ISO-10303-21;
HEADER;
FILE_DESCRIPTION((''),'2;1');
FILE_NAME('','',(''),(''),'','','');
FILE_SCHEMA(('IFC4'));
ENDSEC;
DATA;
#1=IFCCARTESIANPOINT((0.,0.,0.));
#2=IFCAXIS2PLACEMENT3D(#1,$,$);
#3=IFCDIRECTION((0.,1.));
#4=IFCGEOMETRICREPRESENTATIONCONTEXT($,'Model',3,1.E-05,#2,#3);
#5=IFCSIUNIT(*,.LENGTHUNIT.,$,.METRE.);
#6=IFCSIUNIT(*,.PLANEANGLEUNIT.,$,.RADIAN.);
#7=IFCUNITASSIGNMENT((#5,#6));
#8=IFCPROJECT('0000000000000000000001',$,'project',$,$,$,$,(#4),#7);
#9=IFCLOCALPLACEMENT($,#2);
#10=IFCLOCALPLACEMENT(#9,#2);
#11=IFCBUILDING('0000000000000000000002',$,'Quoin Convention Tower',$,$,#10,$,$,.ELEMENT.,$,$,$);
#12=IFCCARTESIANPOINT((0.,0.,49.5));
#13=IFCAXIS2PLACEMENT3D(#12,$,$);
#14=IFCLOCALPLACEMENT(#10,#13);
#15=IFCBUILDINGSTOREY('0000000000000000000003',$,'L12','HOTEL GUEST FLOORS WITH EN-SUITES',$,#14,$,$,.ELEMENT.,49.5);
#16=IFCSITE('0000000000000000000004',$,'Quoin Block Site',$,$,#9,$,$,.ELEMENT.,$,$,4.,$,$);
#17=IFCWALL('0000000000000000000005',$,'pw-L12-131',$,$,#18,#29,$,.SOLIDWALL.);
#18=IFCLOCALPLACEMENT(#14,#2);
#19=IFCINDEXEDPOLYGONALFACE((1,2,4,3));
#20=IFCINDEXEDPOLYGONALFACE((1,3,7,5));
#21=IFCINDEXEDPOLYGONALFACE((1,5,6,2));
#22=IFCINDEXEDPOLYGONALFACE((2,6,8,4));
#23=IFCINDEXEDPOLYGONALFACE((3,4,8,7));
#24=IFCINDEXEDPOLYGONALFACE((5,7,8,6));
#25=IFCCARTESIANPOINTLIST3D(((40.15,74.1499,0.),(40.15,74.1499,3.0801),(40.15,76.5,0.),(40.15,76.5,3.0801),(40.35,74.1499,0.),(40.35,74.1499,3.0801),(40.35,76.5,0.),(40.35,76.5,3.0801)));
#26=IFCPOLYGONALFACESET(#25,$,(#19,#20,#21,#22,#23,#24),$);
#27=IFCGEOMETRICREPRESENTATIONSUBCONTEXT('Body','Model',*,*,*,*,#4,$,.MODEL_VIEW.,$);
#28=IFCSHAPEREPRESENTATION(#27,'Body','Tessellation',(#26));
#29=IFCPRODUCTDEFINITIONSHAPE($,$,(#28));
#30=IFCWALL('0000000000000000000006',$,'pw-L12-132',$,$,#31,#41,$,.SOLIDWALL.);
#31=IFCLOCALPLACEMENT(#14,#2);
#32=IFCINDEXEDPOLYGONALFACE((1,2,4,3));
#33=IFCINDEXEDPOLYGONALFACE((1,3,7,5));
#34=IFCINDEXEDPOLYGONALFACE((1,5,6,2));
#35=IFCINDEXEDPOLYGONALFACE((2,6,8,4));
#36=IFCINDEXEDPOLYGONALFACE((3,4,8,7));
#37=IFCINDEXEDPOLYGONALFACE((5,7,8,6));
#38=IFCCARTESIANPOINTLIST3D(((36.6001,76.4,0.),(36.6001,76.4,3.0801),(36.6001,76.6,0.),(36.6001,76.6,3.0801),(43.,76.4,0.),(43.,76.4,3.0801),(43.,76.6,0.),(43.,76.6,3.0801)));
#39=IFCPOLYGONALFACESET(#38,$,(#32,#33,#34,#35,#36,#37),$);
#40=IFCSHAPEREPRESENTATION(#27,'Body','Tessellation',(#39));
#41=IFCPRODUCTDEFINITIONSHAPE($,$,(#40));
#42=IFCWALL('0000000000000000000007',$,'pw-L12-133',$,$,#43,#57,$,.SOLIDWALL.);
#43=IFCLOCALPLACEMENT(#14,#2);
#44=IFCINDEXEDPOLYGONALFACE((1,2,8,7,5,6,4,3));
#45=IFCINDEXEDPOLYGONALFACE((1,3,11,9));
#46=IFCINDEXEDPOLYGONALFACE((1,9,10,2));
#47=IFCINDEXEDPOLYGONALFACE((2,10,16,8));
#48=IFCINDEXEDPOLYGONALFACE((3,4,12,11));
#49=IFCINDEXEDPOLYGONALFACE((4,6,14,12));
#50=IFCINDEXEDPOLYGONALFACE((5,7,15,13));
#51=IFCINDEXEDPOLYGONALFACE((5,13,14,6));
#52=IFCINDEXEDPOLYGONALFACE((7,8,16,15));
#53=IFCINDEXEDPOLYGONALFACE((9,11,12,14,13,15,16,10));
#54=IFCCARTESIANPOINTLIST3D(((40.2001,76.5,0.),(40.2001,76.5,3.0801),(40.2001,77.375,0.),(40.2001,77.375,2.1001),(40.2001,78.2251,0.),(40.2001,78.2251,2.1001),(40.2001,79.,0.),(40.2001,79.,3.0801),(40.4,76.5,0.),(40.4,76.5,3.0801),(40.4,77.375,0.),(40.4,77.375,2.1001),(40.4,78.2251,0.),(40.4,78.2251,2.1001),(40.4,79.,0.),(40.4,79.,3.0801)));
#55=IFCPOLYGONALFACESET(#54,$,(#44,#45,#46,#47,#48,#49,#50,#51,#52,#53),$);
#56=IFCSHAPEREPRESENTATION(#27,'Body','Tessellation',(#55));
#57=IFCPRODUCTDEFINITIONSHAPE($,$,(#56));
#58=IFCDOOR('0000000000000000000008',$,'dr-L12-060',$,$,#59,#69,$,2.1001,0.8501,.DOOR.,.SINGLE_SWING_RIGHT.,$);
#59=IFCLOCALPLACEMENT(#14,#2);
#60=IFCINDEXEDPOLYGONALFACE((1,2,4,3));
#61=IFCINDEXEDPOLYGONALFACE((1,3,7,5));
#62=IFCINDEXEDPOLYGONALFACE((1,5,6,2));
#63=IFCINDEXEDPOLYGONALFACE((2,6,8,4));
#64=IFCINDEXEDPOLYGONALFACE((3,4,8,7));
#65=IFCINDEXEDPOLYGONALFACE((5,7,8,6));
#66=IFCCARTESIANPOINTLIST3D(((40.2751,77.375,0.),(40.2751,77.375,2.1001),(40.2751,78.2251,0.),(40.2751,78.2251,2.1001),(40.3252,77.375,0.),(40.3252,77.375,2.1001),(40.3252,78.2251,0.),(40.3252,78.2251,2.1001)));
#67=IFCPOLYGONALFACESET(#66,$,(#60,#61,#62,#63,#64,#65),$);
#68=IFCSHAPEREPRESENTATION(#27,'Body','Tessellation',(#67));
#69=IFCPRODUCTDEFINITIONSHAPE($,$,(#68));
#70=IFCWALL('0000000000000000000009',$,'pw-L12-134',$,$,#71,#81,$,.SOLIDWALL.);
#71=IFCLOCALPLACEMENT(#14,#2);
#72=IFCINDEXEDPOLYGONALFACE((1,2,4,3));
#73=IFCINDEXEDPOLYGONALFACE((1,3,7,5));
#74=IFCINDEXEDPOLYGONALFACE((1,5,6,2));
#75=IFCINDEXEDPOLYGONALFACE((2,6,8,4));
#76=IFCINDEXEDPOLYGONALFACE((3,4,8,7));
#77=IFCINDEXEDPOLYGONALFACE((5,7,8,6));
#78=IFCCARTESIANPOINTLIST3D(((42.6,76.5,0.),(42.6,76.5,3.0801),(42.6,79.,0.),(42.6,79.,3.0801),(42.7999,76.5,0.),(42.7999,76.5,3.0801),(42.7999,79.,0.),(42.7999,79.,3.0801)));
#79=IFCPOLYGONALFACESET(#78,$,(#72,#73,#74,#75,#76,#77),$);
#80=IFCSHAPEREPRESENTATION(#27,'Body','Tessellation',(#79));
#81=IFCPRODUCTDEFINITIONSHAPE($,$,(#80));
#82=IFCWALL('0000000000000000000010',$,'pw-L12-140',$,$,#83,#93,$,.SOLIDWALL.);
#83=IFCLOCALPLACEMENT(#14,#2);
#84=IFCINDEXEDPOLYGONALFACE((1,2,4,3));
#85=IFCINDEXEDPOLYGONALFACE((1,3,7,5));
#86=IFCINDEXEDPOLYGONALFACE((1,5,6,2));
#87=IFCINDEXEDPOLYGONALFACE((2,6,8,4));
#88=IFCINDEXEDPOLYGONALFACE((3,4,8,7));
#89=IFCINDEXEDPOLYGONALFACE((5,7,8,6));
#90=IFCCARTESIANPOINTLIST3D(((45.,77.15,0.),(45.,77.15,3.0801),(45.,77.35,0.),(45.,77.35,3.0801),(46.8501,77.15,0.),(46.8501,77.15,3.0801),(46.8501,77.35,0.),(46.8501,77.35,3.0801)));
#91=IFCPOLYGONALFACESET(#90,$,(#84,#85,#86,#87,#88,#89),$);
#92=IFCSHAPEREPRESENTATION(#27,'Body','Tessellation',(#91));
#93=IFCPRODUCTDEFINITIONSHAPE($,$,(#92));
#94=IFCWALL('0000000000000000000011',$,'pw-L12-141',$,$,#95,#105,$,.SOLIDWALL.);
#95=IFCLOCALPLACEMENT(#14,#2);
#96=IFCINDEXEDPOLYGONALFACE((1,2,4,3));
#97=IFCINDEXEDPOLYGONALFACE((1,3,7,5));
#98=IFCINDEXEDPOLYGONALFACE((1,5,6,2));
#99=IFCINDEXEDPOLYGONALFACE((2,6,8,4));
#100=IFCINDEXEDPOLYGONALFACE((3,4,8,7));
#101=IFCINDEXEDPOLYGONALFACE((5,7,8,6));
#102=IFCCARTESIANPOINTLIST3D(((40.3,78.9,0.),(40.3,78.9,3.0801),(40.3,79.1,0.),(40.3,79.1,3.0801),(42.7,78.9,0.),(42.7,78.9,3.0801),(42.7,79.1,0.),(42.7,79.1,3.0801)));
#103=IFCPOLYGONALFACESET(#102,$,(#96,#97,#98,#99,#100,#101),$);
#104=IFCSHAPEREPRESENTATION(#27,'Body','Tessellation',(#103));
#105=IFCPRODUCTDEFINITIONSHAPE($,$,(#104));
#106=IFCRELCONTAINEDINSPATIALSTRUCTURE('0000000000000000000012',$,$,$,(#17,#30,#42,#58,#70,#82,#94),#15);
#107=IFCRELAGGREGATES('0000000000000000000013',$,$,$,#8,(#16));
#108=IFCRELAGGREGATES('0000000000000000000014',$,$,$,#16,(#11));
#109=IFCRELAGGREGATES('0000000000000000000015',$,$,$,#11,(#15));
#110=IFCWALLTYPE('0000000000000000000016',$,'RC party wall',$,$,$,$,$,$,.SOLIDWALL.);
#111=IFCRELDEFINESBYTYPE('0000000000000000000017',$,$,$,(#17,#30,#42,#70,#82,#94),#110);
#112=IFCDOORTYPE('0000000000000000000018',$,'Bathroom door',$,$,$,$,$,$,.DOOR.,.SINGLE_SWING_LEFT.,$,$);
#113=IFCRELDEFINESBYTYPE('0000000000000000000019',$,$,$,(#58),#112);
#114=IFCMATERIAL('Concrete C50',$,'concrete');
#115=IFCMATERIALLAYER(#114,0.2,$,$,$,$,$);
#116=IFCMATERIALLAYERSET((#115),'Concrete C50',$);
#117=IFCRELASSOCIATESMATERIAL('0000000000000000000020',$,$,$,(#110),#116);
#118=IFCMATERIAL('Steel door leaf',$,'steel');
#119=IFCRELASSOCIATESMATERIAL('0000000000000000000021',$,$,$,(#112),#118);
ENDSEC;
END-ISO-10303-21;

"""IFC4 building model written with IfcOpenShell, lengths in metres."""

from ifc_helpers import new_model, si_unit, direction, frame, frame_2d, origin, place, context, subcontext, project, spatial, rectangle, extrude, material, layer, layer_set, type_object, element, fill, save


model = new_model("IFC4")

# Units and contexts
model_context = context("Model", 3, precision=1e-05, world=origin(), true_north=direction((0.0, 1.0)))
body_context = subcontext(model_context, "Body", "Model", "MODEL_VIEW")
ifc_project = project(units=[si_unit("LENGTHUNIT", "METRE"), si_unit("PLANEANGLEUNIT", "RADIAN")], contexts=[model_context])

# Site, building, storey
site_placement = place(None, origin())
site = spatial("IfcSite", under=ifc_project, at=site_placement, Name="Quoin Block Site", CompositionType="ELEMENT", RefElevation=4.0)
building_placement = place(site_placement, origin())
building = spatial("IfcBuilding", under=site, at=building_placement, Name="Quoin Convention Tower", CompositionType="ELEMENT")
storey_placement = place(building_placement, frame((0.0, 0.0, 49.5)))
storey = spatial("IfcBuildingStorey", under=building, at=storey_placement, Name="L12", Description="HOTEL GUEST FLOORS WITH EN-SUITES", CompositionType="ELEMENT", Elevation=49.5)

# Walls
ifc_material_1 = material(Name="Concrete C50", Category="concrete")
ifc_layer_1 = layer(ifc_material_1, 0.2)
ifc_layer_set_1 = layer_set([ifc_layer_1], Name="Concrete C50")
wall_type_1 = type_object("IfcWallType", Name="RC party wall", PredefinedType="SOLIDWALL", material=ifc_layer_set_1)
wall_1_placement = place(storey_placement, frame((40.25, 74.1499, 0.0), z_axis=(0.0, 0.0, 1.0), x_axis=(0.0, 1.0, 0.0)))
element("IfcWall", 1, at=wall_1_placement, inside=storey, type_object=wall_type_1, Name="pw-L12-131", PredefinedType="SOLIDWALL", context=body_context, shape_type="SweptSolid", body=[
    extrude(rectangle(XDim=2.3501, YDim=0.2, at=frame_2d((1.175, 0.0))), origin(), (0.0, 0.0, 1.0), 3.0801),
])
wall_2_placement = place(storey_placement, frame((36.6001, 76.5, 0.0), z_axis=(0.0, 0.0, 1.0), x_axis=(1.0, 0.0, 0.0)))
element("IfcWall", 2, at=wall_2_placement, inside=storey, type_object=wall_type_1, Name="pw-L12-132", PredefinedType="SOLIDWALL", context=body_context, shape_type="SweptSolid", body=[
    extrude(rectangle(XDim=6.3999, YDim=0.2, at=frame_2d((3.2, 0.0))), origin(), (0.0, 0.0, 1.0), 3.0801),
])

# Wall, opening, door
wall_3_placement = place(storey_placement, frame((40.3, 76.5, 0.0), z_axis=(0.0, 0.0, 1.0), x_axis=(0.0, 1.0, 0.0)))
wall_3 = element("IfcWall", 3, at=wall_3_placement, inside=storey, type_object=wall_type_1, Name="pw-L12-133", PredefinedType="SOLIDWALL", context=body_context, shape_type="SweptSolid", body=[
    extrude(rectangle(XDim=2.5, YDim=0.2, at=frame_2d((1.25, 0.0))), origin(), (0.0, 0.0, 1.0), 3.0801),
])
opening_1_placement = place(wall_3_placement, frame((0.875, 0.0, 0.0)))
opening_1 = element("IfcOpeningElement", 4, at=opening_1_placement, cuts=wall_3, PredefinedType="OPENING", context=body_context, shape_type="SweptSolid", body=[
    extrude(rectangle(XDim=0.8501, YDim=2.1001, at=frame_2d((0.425, 1.05))), frame((0.0, 0.1099, 0.0), z_axis=(0.0, -1.0, 0.0), x_axis=(1.0, 0.0, 0.0)), (0.0, 0.0, 1.0), 0.22),
])
ifc_material_2 = material(Name="Steel door leaf", Category="steel")
door_type = type_object("IfcDoorType", Name="Bathroom door", OperationType="SINGLE_SWING_LEFT", PredefinedType="DOOR", material=ifc_material_2)
door_placement = place(opening_1_placement, origin())
door = element("IfcDoor", 5, at=door_placement, inside=storey, type_object=door_type, Name="dr-L12-060", OperationType="SINGLE_SWING_RIGHT", OverallHeight=2.1001, OverallWidth=0.8501, PredefinedType="DOOR", context=body_context, shape_type="SweptSolid", body=[
    extrude(rectangle(XDim=0.8501, YDim=2.1001, at=frame_2d((0.425, 1.05))), frame((0.0, 0.0249, 0.0), z_axis=(0.0, -1.0, 0.0), x_axis=(1.0, 0.0, 0.0)), (0.0, 0.0, 1.0), 0.05),
])
fill(opening_1, door)

# Walls
wall_4_placement = place(storey_placement, frame((42.7, 76.5, 0.0), z_axis=(0.0, 0.0, 1.0), x_axis=(0.0, 1.0, 0.0)))
element("IfcWall", 6, at=wall_4_placement, inside=storey, type_object=wall_type_1, Name="pw-L12-134", PredefinedType="SOLIDWALL", context=body_context, shape_type="SweptSolid", body=[
    extrude(rectangle(XDim=2.5, YDim=0.2, at=frame_2d((1.25, 0.0))), origin(), (0.0, 0.0, 1.0), 3.0801),
])
wall_5_placement = place(storey_placement, frame((45.0, 77.25, 0.0), z_axis=(0.0, 0.0, 1.0), x_axis=(1.0, 0.0, 0.0)))
element("IfcWall", 7, at=wall_5_placement, inside=storey, type_object=wall_type_1, Name="pw-L12-140", PredefinedType="SOLIDWALL", context=body_context, shape_type="SweptSolid", body=[
    extrude(rectangle(XDim=1.8501, YDim=0.2, at=frame_2d((0.925, 0.0))), origin(), (0.0, 0.0, 1.0), 3.0801),
])
wall_6_placement = place(storey_placement, frame((40.3, 79.0, 0.0), z_axis=(0.0, 0.0, 1.0), x_axis=(1.0, 0.0, 0.0)))
element("IfcWall", 8, at=wall_6_placement, inside=storey, type_object=wall_type_1, Name="pw-L12-141", PredefinedType="SOLIDWALL", context=body_context, shape_type="SweptSolid", body=[
    extrude(rectangle(XDim=2.3999, YDim=0.2, at=frame_2d((1.2, 0.0))), origin(), (0.0, 0.0, 1.0), 3.0801),
])

save(model, "model.ifc")
